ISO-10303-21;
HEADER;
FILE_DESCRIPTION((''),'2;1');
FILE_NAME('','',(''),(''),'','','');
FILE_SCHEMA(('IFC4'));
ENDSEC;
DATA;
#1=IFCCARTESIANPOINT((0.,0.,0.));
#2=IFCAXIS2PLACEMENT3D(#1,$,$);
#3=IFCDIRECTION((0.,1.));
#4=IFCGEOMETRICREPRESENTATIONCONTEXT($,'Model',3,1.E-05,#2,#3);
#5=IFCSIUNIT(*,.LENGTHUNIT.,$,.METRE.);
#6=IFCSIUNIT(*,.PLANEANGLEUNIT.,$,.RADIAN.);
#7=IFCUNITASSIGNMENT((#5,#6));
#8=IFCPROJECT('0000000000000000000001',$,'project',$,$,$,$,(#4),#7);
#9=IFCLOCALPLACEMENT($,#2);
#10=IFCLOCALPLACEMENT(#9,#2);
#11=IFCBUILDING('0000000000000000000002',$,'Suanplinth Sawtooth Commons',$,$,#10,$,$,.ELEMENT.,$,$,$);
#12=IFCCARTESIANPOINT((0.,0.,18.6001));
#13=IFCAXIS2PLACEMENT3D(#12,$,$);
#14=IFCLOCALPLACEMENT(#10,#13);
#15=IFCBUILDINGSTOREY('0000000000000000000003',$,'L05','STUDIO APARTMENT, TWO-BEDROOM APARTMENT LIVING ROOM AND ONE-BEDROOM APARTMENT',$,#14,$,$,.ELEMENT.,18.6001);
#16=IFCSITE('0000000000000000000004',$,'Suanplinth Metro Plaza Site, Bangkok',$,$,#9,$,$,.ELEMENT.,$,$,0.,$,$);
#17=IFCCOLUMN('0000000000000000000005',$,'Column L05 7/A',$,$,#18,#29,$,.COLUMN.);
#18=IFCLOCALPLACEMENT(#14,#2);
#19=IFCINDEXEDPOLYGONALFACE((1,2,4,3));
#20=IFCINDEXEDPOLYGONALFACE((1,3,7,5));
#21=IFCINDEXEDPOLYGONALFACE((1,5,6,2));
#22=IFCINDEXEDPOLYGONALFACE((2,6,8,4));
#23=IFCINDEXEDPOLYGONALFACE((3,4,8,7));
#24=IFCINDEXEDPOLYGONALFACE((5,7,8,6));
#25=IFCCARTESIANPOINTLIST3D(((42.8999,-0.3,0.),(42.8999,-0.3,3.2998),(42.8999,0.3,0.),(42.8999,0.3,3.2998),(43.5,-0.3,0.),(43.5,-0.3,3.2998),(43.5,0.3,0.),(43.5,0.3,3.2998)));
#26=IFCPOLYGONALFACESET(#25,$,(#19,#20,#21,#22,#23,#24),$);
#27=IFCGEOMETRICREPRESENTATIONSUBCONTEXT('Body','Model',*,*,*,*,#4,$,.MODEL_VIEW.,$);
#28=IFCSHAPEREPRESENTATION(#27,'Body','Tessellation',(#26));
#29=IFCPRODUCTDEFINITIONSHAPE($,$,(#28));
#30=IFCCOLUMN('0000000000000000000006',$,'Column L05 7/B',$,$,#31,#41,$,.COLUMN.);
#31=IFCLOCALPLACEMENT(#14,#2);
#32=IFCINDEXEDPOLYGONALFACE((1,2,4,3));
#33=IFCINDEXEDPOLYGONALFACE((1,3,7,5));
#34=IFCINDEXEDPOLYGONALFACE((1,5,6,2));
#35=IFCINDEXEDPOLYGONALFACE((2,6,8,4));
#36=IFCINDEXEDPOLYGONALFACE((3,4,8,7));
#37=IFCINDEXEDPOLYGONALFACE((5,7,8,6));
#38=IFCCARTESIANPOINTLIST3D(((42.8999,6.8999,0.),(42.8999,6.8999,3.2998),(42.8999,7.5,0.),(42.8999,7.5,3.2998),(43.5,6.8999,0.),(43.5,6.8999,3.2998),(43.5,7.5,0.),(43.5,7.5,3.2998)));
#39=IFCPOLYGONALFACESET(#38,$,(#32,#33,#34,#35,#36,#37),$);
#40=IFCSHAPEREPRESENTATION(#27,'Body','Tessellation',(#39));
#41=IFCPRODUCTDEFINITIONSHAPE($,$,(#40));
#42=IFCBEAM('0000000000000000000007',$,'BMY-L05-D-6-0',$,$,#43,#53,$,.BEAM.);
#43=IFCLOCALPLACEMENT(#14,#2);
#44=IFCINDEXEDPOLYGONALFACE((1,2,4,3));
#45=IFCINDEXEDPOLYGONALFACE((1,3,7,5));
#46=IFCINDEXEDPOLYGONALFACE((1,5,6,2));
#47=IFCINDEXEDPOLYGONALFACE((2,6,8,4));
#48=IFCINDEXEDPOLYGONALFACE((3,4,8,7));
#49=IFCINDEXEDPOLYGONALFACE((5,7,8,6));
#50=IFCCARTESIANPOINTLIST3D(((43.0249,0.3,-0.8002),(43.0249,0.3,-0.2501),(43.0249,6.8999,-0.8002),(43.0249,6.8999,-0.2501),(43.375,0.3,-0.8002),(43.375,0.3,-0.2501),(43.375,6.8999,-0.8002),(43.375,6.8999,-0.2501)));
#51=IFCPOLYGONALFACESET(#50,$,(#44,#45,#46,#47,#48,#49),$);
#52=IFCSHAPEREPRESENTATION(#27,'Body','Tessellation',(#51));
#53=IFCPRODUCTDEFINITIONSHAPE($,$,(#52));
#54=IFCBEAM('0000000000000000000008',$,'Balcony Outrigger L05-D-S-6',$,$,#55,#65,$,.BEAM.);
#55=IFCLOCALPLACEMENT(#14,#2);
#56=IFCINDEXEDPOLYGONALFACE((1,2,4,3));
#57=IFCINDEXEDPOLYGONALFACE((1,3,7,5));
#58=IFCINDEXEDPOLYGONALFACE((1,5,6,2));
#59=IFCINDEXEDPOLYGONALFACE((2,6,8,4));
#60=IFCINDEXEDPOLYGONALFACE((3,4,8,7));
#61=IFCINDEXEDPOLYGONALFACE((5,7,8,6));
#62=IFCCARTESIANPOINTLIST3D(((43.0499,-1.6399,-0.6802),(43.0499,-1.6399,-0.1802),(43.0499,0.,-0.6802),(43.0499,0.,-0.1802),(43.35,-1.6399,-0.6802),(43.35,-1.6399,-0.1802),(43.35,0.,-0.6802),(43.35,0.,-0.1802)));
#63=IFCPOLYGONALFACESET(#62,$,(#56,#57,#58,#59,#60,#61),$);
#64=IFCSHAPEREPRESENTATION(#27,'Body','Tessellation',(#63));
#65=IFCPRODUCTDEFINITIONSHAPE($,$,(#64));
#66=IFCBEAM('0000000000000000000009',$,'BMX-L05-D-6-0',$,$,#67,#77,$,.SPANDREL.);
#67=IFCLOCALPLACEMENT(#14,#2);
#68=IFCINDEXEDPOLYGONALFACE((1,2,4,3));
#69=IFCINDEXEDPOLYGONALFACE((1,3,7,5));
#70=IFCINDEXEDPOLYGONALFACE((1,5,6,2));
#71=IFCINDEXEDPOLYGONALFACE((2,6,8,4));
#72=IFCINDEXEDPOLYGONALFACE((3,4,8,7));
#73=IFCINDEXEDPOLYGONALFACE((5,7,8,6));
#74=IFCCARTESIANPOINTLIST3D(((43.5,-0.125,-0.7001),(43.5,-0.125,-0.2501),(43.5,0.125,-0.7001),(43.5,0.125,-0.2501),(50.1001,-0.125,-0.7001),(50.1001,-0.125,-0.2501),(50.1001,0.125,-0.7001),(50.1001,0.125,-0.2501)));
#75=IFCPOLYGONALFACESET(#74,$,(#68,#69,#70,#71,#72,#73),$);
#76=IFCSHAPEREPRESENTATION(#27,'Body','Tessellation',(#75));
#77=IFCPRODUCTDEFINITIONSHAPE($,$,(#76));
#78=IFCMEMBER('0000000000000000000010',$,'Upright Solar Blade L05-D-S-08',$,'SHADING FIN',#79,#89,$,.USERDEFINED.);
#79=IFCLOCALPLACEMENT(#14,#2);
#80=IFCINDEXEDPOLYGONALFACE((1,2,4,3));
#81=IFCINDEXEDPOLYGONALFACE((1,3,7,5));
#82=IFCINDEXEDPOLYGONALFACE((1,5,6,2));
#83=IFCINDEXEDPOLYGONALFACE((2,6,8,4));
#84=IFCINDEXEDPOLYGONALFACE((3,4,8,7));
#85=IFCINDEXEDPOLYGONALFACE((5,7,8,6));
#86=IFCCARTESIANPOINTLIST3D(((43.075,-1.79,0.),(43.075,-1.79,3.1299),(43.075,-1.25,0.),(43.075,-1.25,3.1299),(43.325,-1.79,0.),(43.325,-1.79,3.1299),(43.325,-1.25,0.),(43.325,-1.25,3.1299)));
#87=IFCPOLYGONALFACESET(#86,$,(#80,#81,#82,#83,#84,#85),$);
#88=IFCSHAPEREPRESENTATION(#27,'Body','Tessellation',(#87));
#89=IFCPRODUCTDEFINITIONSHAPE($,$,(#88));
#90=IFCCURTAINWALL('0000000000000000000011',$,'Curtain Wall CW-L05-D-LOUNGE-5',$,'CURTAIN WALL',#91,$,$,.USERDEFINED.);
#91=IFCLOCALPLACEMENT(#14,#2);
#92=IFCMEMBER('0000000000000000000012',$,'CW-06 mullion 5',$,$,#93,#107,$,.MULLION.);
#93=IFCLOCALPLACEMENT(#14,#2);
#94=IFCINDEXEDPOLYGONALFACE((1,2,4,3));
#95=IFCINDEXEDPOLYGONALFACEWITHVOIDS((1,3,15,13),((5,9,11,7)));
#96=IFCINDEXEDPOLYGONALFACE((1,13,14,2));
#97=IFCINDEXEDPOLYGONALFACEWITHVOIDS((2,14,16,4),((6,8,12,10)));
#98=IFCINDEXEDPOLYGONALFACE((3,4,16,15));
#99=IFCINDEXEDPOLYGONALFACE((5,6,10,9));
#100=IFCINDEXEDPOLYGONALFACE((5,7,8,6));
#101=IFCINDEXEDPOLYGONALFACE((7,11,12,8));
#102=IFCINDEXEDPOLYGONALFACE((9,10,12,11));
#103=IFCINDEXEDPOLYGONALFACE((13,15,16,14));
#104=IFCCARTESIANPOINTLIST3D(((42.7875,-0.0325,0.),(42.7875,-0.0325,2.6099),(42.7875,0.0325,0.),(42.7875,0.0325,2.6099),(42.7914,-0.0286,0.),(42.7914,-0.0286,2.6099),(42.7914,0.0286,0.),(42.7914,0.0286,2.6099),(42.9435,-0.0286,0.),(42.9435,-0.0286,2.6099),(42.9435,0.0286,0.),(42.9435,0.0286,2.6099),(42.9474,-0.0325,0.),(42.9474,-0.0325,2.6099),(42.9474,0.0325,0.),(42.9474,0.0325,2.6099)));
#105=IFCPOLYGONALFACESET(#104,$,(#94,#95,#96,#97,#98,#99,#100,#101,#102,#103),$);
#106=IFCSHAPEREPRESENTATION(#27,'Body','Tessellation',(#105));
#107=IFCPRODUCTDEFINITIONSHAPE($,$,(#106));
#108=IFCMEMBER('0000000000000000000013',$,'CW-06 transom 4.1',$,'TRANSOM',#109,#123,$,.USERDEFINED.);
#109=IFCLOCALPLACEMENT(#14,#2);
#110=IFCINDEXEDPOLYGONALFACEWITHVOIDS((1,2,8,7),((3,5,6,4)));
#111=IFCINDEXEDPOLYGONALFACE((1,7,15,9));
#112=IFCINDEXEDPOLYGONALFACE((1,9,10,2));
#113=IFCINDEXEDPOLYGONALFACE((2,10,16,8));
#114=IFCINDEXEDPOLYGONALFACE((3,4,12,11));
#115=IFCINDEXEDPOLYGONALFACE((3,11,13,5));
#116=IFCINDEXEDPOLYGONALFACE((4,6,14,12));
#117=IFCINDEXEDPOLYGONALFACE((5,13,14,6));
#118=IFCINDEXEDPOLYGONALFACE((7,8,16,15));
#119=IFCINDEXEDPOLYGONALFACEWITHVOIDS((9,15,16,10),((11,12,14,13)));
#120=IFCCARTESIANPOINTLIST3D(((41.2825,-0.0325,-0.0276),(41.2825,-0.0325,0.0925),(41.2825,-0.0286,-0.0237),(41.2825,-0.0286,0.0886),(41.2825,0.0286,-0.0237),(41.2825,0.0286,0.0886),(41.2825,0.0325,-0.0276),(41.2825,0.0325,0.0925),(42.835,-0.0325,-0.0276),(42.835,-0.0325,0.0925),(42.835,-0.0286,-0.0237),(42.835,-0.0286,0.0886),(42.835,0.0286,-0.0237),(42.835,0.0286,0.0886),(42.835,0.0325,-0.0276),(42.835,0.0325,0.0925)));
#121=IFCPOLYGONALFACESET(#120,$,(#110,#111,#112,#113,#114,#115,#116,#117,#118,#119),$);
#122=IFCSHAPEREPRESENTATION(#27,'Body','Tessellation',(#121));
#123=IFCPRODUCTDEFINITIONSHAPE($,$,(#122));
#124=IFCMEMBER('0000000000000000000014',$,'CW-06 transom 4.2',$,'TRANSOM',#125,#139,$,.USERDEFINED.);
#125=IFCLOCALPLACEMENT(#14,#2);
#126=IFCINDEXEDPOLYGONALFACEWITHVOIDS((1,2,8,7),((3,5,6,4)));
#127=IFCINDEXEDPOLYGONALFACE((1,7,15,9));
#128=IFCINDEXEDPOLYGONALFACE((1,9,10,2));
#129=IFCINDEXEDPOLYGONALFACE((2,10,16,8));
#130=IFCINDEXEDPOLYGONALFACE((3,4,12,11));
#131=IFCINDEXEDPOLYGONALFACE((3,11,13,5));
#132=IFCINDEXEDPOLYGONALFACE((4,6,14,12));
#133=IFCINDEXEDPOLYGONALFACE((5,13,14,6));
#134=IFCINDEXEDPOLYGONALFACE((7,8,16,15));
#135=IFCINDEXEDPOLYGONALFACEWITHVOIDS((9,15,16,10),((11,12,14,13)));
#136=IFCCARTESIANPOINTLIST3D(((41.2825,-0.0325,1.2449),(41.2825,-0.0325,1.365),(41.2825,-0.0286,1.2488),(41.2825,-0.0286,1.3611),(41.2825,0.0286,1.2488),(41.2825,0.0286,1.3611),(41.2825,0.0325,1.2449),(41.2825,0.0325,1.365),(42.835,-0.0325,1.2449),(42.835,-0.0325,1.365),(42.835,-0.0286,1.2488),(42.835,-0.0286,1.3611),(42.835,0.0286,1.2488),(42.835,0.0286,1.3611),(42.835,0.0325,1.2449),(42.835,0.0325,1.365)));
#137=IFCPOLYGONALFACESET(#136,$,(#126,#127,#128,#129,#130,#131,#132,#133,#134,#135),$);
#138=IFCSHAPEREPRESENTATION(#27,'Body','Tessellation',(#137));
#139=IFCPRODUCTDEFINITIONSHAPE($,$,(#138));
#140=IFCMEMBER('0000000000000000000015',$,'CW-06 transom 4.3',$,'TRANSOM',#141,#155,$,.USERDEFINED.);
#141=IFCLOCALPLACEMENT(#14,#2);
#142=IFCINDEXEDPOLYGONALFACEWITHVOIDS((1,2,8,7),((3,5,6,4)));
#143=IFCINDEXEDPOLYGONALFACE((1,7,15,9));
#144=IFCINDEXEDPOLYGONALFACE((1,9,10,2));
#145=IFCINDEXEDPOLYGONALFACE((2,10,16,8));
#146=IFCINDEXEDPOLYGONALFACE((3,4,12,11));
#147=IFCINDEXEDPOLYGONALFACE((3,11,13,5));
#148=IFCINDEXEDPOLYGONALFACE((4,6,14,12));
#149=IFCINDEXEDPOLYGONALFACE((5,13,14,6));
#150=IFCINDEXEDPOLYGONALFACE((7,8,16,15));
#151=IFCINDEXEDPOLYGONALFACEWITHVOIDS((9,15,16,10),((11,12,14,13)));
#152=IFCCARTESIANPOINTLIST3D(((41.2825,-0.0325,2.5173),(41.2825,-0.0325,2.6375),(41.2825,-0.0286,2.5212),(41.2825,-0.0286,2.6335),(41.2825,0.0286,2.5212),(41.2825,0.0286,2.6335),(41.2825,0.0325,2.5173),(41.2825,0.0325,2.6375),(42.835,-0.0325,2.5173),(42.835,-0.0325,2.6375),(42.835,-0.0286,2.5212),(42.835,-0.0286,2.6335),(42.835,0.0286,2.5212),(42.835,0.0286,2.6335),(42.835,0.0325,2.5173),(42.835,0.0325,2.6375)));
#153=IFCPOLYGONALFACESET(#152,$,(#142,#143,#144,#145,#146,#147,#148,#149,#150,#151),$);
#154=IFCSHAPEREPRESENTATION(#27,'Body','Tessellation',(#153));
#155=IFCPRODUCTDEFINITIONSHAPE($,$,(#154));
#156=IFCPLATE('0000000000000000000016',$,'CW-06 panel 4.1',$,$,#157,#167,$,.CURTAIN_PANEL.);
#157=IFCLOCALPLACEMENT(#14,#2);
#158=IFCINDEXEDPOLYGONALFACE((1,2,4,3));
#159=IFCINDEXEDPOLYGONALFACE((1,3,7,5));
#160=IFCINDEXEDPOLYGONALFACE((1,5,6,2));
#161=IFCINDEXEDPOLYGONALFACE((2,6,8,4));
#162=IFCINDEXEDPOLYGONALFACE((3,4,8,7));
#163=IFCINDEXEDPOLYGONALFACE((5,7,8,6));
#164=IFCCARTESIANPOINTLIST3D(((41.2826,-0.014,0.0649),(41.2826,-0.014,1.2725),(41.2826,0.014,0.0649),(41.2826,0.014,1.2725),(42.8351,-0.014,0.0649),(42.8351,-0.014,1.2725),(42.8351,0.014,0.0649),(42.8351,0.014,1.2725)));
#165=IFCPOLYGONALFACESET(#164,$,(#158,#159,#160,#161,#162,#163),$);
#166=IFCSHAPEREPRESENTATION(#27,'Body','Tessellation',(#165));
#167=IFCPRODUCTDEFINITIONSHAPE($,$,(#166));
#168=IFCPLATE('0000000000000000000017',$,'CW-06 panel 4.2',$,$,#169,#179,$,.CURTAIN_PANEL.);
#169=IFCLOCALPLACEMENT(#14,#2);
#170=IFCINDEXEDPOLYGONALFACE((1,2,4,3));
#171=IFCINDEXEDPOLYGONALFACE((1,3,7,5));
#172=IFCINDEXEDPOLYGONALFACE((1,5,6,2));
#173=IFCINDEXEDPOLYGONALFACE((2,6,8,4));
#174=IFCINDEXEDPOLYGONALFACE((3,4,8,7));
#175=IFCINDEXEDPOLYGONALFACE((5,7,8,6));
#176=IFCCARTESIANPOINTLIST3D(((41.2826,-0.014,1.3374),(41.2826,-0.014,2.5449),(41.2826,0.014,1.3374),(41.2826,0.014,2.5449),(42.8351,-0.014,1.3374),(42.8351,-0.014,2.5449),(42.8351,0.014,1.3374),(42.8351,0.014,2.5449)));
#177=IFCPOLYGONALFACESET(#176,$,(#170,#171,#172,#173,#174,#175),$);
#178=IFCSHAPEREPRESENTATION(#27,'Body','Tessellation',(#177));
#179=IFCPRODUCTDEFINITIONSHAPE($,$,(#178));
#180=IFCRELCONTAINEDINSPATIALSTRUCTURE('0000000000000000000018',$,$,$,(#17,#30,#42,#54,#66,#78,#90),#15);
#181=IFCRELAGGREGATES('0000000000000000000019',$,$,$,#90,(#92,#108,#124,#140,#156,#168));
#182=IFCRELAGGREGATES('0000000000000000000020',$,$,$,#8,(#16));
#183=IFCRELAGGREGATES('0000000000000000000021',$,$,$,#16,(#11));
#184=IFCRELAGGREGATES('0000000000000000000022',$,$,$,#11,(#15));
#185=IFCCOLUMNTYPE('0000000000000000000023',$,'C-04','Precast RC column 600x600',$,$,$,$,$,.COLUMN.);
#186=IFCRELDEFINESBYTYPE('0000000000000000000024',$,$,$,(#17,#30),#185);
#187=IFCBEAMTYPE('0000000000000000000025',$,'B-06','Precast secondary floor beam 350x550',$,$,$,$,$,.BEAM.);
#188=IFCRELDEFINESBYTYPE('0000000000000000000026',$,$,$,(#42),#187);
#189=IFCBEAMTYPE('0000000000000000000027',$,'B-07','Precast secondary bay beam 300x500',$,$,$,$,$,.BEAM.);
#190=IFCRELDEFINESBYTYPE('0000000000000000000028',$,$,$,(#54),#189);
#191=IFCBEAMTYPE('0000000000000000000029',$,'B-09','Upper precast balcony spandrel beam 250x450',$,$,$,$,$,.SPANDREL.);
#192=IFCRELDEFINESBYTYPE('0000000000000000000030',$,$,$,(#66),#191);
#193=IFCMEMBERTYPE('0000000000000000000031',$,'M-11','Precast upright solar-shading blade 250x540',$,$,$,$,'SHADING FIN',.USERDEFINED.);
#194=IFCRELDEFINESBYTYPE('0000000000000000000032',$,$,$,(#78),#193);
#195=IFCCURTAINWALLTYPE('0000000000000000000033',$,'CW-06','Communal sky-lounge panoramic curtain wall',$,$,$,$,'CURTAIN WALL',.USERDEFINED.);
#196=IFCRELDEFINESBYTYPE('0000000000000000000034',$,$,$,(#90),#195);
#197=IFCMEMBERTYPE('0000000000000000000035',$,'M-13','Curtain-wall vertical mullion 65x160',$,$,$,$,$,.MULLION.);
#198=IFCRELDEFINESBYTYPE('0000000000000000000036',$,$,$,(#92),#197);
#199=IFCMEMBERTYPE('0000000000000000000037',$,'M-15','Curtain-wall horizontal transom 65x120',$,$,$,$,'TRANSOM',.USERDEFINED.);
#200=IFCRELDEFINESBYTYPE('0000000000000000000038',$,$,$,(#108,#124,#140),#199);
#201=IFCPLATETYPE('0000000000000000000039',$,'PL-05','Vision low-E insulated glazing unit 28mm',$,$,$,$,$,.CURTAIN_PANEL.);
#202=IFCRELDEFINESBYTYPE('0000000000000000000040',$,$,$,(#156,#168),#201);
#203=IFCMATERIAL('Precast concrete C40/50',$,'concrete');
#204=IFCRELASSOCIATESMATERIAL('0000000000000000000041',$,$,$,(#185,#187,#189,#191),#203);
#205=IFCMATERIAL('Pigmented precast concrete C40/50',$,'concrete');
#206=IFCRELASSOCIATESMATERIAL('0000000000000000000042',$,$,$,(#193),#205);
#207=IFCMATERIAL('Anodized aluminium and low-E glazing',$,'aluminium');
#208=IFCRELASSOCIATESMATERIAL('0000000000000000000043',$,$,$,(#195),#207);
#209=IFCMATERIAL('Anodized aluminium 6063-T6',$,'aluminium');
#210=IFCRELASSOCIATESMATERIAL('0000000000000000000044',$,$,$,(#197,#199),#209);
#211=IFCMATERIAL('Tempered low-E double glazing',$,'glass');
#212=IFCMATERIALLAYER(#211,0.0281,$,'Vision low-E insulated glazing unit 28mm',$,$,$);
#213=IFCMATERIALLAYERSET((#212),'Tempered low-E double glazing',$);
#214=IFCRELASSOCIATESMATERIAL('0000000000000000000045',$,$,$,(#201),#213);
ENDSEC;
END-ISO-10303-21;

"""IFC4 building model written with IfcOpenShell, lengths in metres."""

from ifc_helpers import new_model, si_unit, direction, frame, origin, origin_2d, place, context, subcontext, project, spatial, rectangle, hollow_rectangle, extrude, material, layer, layer_set, material_profile, profile_set, type_object, element, aggregate, save


model = new_model("IFC4")

# Units and contexts
model_context = context("Model", 3, precision=1e-05, world=origin(), true_north=direction((0.0, 1.0)))
body_context = subcontext(model_context, "Body", "Model", "MODEL_VIEW")
ifc_project = project(units=[si_unit("LENGTHUNIT", "METRE"), si_unit("PLANEANGLEUNIT", "RADIAN")], contexts=[model_context])

# Site, building, storey
site_placement = place(None, origin())
site = spatial("IfcSite", under=ifc_project, at=site_placement, Name="Suanplinth Metro Plaza Site, Bangkok", CompositionType="ELEMENT", RefElevation=0.0)
building_placement = place(site_placement, origin())
building = spatial("IfcBuilding", under=site, at=building_placement, Name="Suanplinth Sawtooth Commons", CompositionType="ELEMENT")
storey_placement = place(building_placement, frame((0.0, 0.0, 18.6001)))
storey = spatial("IfcBuildingStorey", under=building, at=storey_placement, Name="L05", Description="STUDIO APARTMENT, TWO-BEDROOM APARTMENT LIVING ROOM AND ONE-BEDROOM APARTMENT", CompositionType="ELEMENT", Elevation=18.6001)

# Columns
ifc_material_1 = material(Name="Precast concrete C40/50", Category="concrete")
ifc_material_profile_1 = material_profile(ifc_material_1, rectangle(XDim=0.6001, YDim=0.6001, at=origin_2d()), Name="PC-COL 600x600")
ifc_profile_set_1 = profile_set([ifc_material_profile_1], Name="Precast concrete C40/50")
column_type = type_object("IfcColumnType", Name="C-04", Description="Precast RC column 600x600", PredefinedType="COLUMN", material=ifc_profile_set_1)
for number, where, z_axis, x_axis, name in (
    (1, (43.2, 0.0, 0.0), (0.0, 0.0, 1.0), (1.0, 0.0, 0.0), "Column L05 7/A"),
    (2, (43.2, 7.2, 0.0), (0.0, 0.0, 1.0), (1.0, 0.0, 0.0), "Column L05 7/B"),
):
    element("IfcColumn", number, at=place(storey_placement, frame(where, z_axis=z_axis, x_axis=x_axis)), inside=storey, type_object=column_type, Name=name, PredefinedType="COLUMN", context=body_context, shape_type="SweptSolid", body=[
        extrude(rectangle(XDim=0.6001, YDim=0.6001, at=origin_2d()), origin(), (0.0, 0.0, 1.0), 3.2998),
    ])

# Beams
ifc_material_profile_2 = material_profile(ifc_material_1, rectangle(XDim=0.3501, YDim=0.55, at=origin_2d()), Name="PC-BM 350x550")
ifc_profile_set_2 = profile_set([ifc_material_profile_2], Name="Precast concrete C40/50")
beam_type_1 = type_object("IfcBeamType", Name="B-06", Description="Precast secondary floor beam 350x550", PredefinedType="BEAM", material=ifc_profile_set_2)
beam_1_placement = place(storey_placement, frame((43.2, 0.3, -0.5251), z_axis=(0.0, 1.0, 0.0), x_axis=(-1.0, 0.0, 0.0)))
element("IfcBeam", 3, at=beam_1_placement, inside=storey, type_object=beam_type_1, Name="BMY-L05-D-6-0", PredefinedType="BEAM", context=body_context, shape_type="SweptSolid", body=[
    extrude(rectangle(XDim=0.3501, YDim=0.55, at=origin_2d()), origin(), (0.0, 0.0, 1.0), 6.5999),
])
ifc_material_profile_3 = material_profile(ifc_material_1, rectangle(XDim=0.3, YDim=0.5, at=origin_2d()), Name="PC-BM 300x500")
ifc_profile_set_3 = profile_set([ifc_material_profile_3], Name="Precast concrete C40/50")
beam_type_2 = type_object("IfcBeamType", Name="B-07", Description="Precast secondary bay beam 300x500", PredefinedType="BEAM", material=ifc_profile_set_3)
beam_2_placement = place(storey_placement, frame((43.2, 0.0, -0.4302), z_axis=(0.0, -1.0, 0.0), x_axis=(1.0, 0.0, 0.0)))
element("IfcBeam", 4, at=beam_2_placement, inside=storey, type_object=beam_type_2, Name="Balcony Outrigger L05-D-S-6", PredefinedType="BEAM", context=body_context, shape_type="SweptSolid", body=[
    extrude(rectangle(XDim=0.3, YDim=0.5, at=origin_2d()), origin(), (0.0, 0.0, 1.0), 1.6399),
])
ifc_material_profile_4 = material_profile(ifc_material_1, rectangle(XDim=0.25, YDim=0.45, at=origin_2d()), Name="PC-SP 250x450")
ifc_profile_set_4 = profile_set([ifc_material_profile_4], Name="Precast concrete C40/50")
beam_type_3 = type_object("IfcBeamType", Name="B-09", Description="Upper precast balcony spandrel beam 250x450", PredefinedType="SPANDREL", material=ifc_profile_set_4)
beam_3_placement = place(storey_placement, frame((43.5, 0.0, -0.4751), z_axis=(1.0, 0.0, 0.0), x_axis=(0.0, 1.0, 0.0)))
element("IfcBeam", 5, at=beam_3_placement, inside=storey, type_object=beam_type_3, Name="BMX-L05-D-6-0", PredefinedType="SPANDREL", context=body_context, shape_type="SweptSolid", body=[
    extrude(rectangle(XDim=0.25, YDim=0.45, at=origin_2d()), origin(), (0.0, 0.0, 1.0), 6.6001),
])

# Member
ifc_material_2 = material(Name="Pigmented precast concrete C40/50", Category="concrete")
ifc_material_profile_5 = material_profile(ifc_material_2, rectangle(XDim=0.25, YDim=0.54, at=origin_2d()), Name="PC-FIN 250x540")
ifc_profile_set_5 = profile_set([ifc_material_profile_5], Name="Pigmented precast concrete C40/50")
member_type_1 = type_object("IfcMemberType", Name="M-11", Description="Precast upright solar-shading blade 250x540", ElementType="SHADING FIN", PredefinedType="USERDEFINED", material=ifc_profile_set_5)
member_1_placement = place(storey_placement, frame((43.2, -1.52, 0.0), z_axis=(0.0, 0.0, 1.0), x_axis=(1.0, 0.0, 0.0)))
element("IfcMember", 6, at=member_1_placement, inside=storey, type_object=member_type_1, Name="Upright Solar Blade L05-D-S-08", ObjectType="SHADING FIN", PredefinedType="USERDEFINED", context=body_context, shape_type="SweptSolid", body=[
    extrude(rectangle(XDim=0.25, YDim=0.54, at=origin_2d()), origin(), (0.0, 0.0, 1.0), 3.1299),
])

# Curtain wall, members, plates
ifc_material_3 = material(Name="Anodized aluminium and low-E glazing", Category="aluminium")
curtain_wall_type = type_object("IfcCurtainWallType", Name="CW-06", Description="Communal sky-lounge panoramic curtain wall", ElementType="CURTAIN WALL", PredefinedType="USERDEFINED", material=ifc_material_3)
curtain_wall_placement = place(storey_placement, origin())
curtain_wall = element("IfcCurtainWall", 7, at=curtain_wall_placement, inside=storey, type_object=curtain_wall_type, Name="Curtain Wall CW-L05-D-LOUNGE-5", ObjectType="CURTAIN WALL", PredefinedType="USERDEFINED")
ifc_material_4 = material(Name="Anodized aluminium 6063-T6", Category="aluminium")
ifc_material_profile_6 = material_profile(ifc_material_4, hollow_rectangle(XDim=0.0649, YDim=0.1599, WallThickness=0.0039, at=origin_2d()), Name="ALU-MUL 65x160")
ifc_profile_set_6 = profile_set([ifc_material_profile_6], Name="Anodized aluminium 6063-T6")
member_type_2 = type_object("IfcMemberType", Name="M-13", Description="Curtain-wall vertical mullion 65x160", PredefinedType="MULLION", material=ifc_profile_set_6)
member_2_placement = place(storey_placement, frame((42.8674, 0.0, 0.0), z_axis=(0.0, 0.0, 1.0), x_axis=(0.0, 1.0, 0.0)))
member_2 = element("IfcMember", 8, at=member_2_placement, type_object=member_type_2, Name="CW-06 mullion 5", PredefinedType="MULLION", context=body_context, shape_type="SweptSolid", body=[
    extrude(hollow_rectangle(XDim=0.0649, YDim=0.1599, WallThickness=0.0039, at=origin_2d()), origin(), (0.0, 0.0, 1.0), 2.6099),
])
ifc_material_profile_7 = material_profile(ifc_material_4, hollow_rectangle(XDim=0.0649, YDim=0.1201, WallThickness=0.0039, at=origin_2d()), Name="ALU-TRN 65x120")
ifc_profile_set_7 = profile_set([ifc_material_profile_7], Name="Anodized aluminium 6063-T6")
member_type_3 = type_object("IfcMemberType", Name="M-15", Description="Curtain-wall horizontal transom 65x120", ElementType="TRANSOM", PredefinedType="USERDEFINED", material=ifc_profile_set_7)
member_3_placement = place(storey_placement, frame((41.2825, 0.0, 0.0325), z_axis=(1.0, 0.0, 0.0), x_axis=(0.0, 1.0, 0.0)))
member_3 = element("IfcMember", 9, at=member_3_placement, type_object=member_type_3, Name="CW-06 transom 4.1", ObjectType="TRANSOM", PredefinedType="USERDEFINED", context=body_context, shape_type="SweptSolid", body=[
    extrude(hollow_rectangle(XDim=0.0649, YDim=0.1201, WallThickness=0.0039, at=origin_2d()), origin(), (0.0, 0.0, 1.0), 1.5525),
])
member_4_placement = place(storey_placement, frame((41.2825, 0.0, 1.3049), z_axis=(1.0, 0.0, 0.0), x_axis=(0.0, 1.0, 0.0)))
member_4 = element("IfcMember", 10, at=member_4_placement, type_object=member_type_3, Name="CW-06 transom 4.2", ObjectType="TRANSOM", PredefinedType="USERDEFINED", context=body_context, shape_type="SweptSolid", body=[
    extrude(hollow_rectangle(XDim=0.0649, YDim=0.1201, WallThickness=0.0039, at=origin_2d()), origin(), (0.0, 0.0, 1.0), 1.5525),
])
member_5_placement = place(storey_placement, frame((41.2825, 0.0, 2.5774), z_axis=(1.0, 0.0, 0.0), x_axis=(0.0, 1.0, 0.0)))
member_5 = element("IfcMember", 11, at=member_5_placement, type_object=member_type_3, Name="CW-06 transom 4.3", ObjectType="TRANSOM", PredefinedType="USERDEFINED", context=body_context, shape_type="SweptSolid", body=[
    extrude(hollow_rectangle(XDim=0.0649, YDim=0.1201, WallThickness=0.0039, at=origin_2d()), origin(), (0.0, 0.0, 1.0), 1.5525),
])
ifc_material_5 = material(Name="Tempered low-E double glazing", Category="glass")
ifc_layer_1 = layer(ifc_material_5, 0.0281, Name="Vision low-E insulated glazing unit 28mm")
ifc_layer_set_1 = layer_set([ifc_layer_1], Name="Tempered low-E double glazing")
plate_type = type_object("IfcPlateType", Name="PL-05", Description="Vision low-E insulated glazing unit 28mm", PredefinedType="CURTAIN_PANEL", material=ifc_layer_set_1)
plate_1_placement = place(storey_placement, frame((42.0588, 0.0, 0.0649), z_axis=(0.0, 0.0, 1.0), x_axis=(1.0, 0.0, 0.0)))
plate_1 = element("IfcPlate", 12, at=plate_1_placement, type_object=plate_type, Name="CW-06 panel 4.1", PredefinedType="CURTAIN_PANEL", context=body_context, shape_type="SweptSolid", body=[
    extrude(rectangle(XDim=1.5525, YDim=0.0281, at=origin_2d()), origin(), (0.0, 0.0, 1.0), 1.2075),
])
plate_2_placement = place(storey_placement, frame((42.0588, 0.0, 1.3374), z_axis=(0.0, 0.0, 1.0), x_axis=(1.0, 0.0, 0.0)))
plate_2 = element("IfcPlate", 13, at=plate_2_placement, type_object=plate_type, Name="CW-06 panel 4.2", PredefinedType="CURTAIN_PANEL", context=body_context, shape_type="SweptSolid", body=[
    extrude(rectangle(XDim=1.5525, YDim=0.0281, at=origin_2d()), origin(), (0.0, 0.0, 1.0), 1.2075),
])
aggregate(curtain_wall, [member_2, member_3, member_4, member_5, plate_1, plate_2])

save(model, "model.ifc")
